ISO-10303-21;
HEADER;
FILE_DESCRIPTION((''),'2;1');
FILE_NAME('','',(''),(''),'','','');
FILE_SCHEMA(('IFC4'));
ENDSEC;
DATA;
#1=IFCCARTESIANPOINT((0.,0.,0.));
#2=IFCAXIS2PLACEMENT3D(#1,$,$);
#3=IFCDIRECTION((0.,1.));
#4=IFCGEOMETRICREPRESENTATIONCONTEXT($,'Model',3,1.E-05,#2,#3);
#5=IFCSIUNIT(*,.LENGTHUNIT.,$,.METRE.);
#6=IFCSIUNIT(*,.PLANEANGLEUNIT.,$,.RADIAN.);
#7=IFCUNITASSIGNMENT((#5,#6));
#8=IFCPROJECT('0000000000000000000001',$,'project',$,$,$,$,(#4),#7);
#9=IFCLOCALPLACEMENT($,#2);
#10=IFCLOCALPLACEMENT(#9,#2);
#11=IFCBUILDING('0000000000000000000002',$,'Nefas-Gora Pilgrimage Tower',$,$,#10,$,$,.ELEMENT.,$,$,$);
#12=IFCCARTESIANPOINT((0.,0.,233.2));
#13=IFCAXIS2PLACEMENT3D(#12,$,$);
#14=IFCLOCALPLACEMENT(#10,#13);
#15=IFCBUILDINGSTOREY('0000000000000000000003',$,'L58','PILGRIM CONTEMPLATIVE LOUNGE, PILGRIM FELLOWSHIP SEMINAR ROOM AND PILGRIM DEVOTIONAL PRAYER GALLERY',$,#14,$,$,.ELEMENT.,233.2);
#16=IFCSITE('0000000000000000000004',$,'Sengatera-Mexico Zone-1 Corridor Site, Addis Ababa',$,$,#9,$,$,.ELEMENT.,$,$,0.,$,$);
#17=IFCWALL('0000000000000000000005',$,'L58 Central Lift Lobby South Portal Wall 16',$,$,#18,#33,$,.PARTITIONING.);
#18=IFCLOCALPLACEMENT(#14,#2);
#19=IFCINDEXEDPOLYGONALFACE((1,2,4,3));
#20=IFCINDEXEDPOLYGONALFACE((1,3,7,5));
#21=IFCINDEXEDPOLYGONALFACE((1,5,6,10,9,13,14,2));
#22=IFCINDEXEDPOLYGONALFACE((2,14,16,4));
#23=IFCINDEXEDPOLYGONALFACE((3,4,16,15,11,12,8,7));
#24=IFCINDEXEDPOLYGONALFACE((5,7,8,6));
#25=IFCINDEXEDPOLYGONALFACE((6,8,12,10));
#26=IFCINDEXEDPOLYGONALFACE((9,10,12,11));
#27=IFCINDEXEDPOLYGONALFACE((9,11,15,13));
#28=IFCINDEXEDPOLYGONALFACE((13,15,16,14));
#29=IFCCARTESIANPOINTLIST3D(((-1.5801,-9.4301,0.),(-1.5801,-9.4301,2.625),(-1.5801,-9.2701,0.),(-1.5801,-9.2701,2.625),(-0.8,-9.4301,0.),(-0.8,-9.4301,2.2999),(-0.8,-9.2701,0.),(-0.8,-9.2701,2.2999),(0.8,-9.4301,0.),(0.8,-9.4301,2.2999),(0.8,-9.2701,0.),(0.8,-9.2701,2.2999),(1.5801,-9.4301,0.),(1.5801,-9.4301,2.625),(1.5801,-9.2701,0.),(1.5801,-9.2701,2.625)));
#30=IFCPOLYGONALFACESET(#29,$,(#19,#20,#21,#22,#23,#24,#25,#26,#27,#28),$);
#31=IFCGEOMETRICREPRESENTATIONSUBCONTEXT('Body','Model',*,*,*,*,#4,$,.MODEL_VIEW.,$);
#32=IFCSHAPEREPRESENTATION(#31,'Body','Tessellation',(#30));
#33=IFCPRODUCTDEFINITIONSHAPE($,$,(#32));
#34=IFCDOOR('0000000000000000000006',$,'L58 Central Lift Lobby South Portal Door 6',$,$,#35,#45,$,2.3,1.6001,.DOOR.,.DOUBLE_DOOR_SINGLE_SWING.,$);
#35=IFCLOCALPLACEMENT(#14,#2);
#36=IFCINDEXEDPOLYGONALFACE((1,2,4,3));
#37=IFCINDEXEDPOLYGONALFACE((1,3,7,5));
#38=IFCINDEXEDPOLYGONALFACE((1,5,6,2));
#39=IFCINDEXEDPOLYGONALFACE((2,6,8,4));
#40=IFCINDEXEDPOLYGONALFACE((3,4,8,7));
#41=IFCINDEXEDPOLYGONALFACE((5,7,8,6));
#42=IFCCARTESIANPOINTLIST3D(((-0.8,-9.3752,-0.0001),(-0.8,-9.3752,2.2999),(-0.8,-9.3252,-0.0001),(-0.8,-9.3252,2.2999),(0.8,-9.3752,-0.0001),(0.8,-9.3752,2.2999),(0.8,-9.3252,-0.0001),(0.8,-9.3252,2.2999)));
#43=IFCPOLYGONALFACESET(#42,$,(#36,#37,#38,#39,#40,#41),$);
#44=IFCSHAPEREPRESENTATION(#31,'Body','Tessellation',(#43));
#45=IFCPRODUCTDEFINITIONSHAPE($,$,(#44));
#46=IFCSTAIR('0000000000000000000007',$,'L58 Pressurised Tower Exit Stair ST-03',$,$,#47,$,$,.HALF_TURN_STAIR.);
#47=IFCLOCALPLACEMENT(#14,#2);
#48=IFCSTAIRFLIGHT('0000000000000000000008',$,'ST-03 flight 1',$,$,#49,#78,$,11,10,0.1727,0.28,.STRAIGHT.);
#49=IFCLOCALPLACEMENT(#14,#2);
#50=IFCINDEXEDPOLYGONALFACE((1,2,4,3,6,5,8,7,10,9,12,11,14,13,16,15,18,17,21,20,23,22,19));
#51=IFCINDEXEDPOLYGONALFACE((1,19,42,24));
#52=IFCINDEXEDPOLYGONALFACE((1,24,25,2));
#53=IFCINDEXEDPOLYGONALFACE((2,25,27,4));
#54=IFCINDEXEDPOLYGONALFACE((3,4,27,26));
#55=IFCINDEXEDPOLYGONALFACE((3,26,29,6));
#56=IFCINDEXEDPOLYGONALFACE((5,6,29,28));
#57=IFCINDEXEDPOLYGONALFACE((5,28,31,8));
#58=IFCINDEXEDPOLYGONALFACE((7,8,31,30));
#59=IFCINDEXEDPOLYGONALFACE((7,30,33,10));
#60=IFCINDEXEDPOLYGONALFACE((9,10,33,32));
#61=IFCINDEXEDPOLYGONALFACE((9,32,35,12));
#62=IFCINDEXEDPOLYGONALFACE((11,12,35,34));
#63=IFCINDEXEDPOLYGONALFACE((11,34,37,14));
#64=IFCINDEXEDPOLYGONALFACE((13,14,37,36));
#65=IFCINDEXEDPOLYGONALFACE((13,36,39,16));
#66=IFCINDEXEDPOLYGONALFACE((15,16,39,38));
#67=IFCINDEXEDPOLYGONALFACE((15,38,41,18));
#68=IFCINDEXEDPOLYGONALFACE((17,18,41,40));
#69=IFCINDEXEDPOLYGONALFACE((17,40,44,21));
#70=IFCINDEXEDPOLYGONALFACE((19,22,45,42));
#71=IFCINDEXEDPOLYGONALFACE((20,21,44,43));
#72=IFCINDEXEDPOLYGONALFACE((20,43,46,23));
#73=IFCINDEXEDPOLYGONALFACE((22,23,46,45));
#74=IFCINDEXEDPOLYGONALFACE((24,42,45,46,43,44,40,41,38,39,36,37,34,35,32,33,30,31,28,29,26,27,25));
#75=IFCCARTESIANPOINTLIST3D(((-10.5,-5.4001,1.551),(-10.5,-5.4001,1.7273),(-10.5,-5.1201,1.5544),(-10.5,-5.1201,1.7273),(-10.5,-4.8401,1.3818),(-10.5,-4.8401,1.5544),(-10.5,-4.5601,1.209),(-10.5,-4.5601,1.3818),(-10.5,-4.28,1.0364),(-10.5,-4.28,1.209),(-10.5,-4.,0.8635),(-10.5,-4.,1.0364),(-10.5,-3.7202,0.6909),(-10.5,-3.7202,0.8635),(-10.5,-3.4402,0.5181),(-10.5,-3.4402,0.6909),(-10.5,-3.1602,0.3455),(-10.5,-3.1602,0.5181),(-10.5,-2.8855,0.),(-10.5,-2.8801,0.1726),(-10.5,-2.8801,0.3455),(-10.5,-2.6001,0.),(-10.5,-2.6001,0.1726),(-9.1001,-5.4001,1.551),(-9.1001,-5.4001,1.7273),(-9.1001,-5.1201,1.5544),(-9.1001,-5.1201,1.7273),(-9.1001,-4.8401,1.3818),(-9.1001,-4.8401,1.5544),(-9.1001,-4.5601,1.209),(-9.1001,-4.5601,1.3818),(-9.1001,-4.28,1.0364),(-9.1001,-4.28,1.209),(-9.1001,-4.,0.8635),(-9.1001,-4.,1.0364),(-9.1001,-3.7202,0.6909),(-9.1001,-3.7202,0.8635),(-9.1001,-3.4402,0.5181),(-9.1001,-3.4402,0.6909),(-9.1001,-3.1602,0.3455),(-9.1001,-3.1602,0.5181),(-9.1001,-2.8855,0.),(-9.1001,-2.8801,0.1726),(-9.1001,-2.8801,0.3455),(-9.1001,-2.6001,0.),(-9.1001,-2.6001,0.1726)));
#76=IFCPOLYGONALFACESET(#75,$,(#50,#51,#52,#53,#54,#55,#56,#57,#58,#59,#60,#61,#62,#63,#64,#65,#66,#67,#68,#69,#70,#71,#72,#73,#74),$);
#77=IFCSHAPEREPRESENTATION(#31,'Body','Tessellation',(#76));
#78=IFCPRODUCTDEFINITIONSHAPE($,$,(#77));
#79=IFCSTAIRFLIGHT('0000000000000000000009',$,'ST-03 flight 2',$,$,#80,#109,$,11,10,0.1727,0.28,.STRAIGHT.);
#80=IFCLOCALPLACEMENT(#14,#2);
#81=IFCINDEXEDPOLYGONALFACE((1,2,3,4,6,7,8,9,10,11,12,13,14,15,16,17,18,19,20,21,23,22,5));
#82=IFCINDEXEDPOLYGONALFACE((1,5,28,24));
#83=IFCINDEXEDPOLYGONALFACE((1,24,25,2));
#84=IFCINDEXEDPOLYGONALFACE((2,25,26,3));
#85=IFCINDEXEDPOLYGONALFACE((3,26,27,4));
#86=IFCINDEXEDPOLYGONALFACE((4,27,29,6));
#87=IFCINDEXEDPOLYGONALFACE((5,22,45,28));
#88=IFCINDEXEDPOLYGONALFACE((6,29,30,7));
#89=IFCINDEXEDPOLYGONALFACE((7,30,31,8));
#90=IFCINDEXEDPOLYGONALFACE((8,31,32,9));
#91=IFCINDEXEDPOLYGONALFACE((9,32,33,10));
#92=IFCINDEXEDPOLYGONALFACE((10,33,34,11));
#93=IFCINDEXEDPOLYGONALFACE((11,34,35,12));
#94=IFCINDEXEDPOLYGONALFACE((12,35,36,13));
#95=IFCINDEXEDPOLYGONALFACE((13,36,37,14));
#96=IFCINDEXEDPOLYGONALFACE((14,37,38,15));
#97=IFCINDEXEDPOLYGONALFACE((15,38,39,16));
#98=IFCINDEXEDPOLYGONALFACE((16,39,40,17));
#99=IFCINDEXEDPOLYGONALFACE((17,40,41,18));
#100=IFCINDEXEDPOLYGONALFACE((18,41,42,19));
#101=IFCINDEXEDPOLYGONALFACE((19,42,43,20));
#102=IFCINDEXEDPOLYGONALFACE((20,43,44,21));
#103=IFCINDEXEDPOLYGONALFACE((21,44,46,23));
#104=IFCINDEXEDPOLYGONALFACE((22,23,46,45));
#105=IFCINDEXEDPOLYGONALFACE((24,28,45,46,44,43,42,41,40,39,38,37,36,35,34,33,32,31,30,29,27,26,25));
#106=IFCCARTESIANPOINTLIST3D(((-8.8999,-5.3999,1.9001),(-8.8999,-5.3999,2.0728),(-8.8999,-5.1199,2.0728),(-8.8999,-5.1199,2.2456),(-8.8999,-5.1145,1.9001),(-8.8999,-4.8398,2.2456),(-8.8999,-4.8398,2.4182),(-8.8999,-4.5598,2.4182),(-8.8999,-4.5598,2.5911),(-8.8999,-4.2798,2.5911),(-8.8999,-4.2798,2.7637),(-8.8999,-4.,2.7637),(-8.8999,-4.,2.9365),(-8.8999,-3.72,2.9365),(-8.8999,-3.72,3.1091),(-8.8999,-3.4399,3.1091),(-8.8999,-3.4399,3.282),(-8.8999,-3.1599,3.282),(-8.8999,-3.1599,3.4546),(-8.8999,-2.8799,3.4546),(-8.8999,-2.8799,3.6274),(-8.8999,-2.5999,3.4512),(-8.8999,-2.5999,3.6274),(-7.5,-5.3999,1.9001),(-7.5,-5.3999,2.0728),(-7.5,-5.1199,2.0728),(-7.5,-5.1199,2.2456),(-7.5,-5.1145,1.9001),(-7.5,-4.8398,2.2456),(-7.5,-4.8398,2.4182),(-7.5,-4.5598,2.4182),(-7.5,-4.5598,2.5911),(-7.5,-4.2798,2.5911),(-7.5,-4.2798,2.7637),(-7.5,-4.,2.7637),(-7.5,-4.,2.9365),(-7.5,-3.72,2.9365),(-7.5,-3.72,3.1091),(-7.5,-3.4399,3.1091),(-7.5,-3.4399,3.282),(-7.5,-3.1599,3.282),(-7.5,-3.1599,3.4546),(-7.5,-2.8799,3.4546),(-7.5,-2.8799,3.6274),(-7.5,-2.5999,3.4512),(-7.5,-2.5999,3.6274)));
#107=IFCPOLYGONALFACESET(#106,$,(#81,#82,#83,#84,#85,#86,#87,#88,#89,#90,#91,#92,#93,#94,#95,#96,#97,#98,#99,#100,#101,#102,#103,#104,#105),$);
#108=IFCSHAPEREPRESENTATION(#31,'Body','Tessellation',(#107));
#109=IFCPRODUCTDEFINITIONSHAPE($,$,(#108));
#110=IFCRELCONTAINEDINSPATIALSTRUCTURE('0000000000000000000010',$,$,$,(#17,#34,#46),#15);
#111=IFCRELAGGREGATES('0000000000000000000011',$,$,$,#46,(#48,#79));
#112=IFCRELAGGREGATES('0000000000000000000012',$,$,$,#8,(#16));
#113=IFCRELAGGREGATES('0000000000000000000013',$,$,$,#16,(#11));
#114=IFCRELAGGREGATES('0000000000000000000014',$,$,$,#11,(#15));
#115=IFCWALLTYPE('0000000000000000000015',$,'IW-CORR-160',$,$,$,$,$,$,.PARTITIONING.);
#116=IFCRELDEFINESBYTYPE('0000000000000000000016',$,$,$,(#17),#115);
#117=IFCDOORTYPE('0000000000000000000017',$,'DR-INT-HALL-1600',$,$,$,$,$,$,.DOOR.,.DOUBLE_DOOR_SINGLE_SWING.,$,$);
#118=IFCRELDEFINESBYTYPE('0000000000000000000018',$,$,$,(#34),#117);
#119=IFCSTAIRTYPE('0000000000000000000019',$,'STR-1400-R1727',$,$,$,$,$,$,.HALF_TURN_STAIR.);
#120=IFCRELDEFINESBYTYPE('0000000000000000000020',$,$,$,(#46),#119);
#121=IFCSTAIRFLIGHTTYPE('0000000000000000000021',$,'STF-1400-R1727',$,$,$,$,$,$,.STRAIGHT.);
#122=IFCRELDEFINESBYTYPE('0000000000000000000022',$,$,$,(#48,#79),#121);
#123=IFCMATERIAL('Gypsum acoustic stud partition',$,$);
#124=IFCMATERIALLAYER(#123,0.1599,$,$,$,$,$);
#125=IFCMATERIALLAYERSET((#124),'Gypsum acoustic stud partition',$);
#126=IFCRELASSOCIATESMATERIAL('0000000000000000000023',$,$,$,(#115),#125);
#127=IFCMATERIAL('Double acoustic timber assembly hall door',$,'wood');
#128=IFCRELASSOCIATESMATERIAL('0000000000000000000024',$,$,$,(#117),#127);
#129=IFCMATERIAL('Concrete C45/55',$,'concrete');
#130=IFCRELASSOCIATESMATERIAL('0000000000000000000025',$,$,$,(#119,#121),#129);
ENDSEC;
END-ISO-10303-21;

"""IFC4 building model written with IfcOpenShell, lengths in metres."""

from ifc_helpers import new_model, si_unit, direction, frame, frame_2d, origin, place, context, subcontext, project, spatial, polyline, rectangle, outline, extrude, source, transform, mapped, material, layer, layer_set, type_object, element, fill, aggregate, save


model = new_model("IFC4")

# Units and contexts
model_context = context("Model", 3, precision=1e-05, world=origin(), true_north=direction((0.0, 1.0)))
body_context = subcontext(model_context, "Body", "Model", "MODEL_VIEW")
ifc_project = project(units=[si_unit("LENGTHUNIT", "METRE"), si_unit("PLANEANGLEUNIT", "RADIAN")], contexts=[model_context])

# Site, building, storey
site_placement = place(None, origin())
site = spatial("IfcSite", under=ifc_project, at=site_placement, Name="Sengatera-Mexico Zone-1 Corridor Site, Addis Ababa", CompositionType="ELEMENT", RefElevation=0.0)
building_placement = place(site_placement, origin())
building = spatial("IfcBuilding", under=site, at=building_placement, Name="Nefas-Gora Pilgrimage Tower", CompositionType="ELEMENT")
storey_placement = place(building_placement, frame((0.0, 0.0, 233.2)))
storey = spatial("IfcBuildingStorey", under=building, at=storey_placement, Name="L58", Description="PILGRIM CONTEMPLATIVE LOUNGE, PILGRIM FELLOWSHIP SEMINAR ROOM AND PILGRIM DEVOTIONAL PRAYER GALLERY", CompositionType="ELEMENT", Elevation=233.2)

# Shared definitions
ifc_material_1 = material(Name="Concrete C45/55", Category="concrete")

# Shared definitions
ifc_material_2 = material(Name="Gypsum acoustic stud partition")
ifc_layer_1 = layer(ifc_material_2, 0.1599)
ifc_layer_set_1 = layer_set([ifc_layer_1], Name="Gypsum acoustic stud partition")
wall_type_1 = type_object("IfcWallType", Name="IW-CORR-160", PredefinedType="PARTITIONING", material=ifc_layer_set_1)

# Wall, opening, door
shared_shape_1 = source(origin(), body_context, "Body", "SweptSolid", [
    extrude(rectangle(XDim=3.1602, YDim=0.1599, at=frame_2d((1.5801, 0.0))), origin(), (0.0, 0.0, 1.0), 2.625),
])
wall_1_placement = place(storey_placement, frame((-1.5801, -9.3501, 0.0), z_axis=(0.0, 0.0, 1.0), x_axis=(1.0, 0.0, 0.0)))
wall_1 = element("IfcWall", 1, at=wall_1_placement, inside=storey, type_object=wall_type_1, Name="L58 Central Lift Lobby South Portal Wall 16", PredefinedType="PARTITIONING", context=body_context, shape_type="MappedRepresentation", body=[
    mapped(shared_shape_1, transform((0.0, 0.0, 0.0), x_axis=(1.0, 0.0, 0.0), y_axis=(0.0, 1.0, 0.0), z_axis=(0.0, 0.0, 1.0), scale=1.0)),
])
opening_1_placement = place(wall_1_placement, frame((0.78, 0.0, 0.0)))
opening_1 = element("IfcOpeningElement", 2, at=opening_1_placement, cuts=wall_1, PredefinedType="OPENING", context=body_context, shape_type="SweptSolid", body=[
    extrude(rectangle(XDim=1.6001, YDim=2.3, at=frame_2d((0.8, 1.1499))), frame((0.0, 0.0898, 0.0), z_axis=(0.0, -1.0, 0.0), x_axis=(1.0, 0.0, 0.0)), (0.0, 0.0, 1.0), 0.1799),
])
ifc_material_3 = material(Name="Double acoustic timber assembly hall door", Category="wood")
door_type_1 = type_object("IfcDoorType", Name="DR-INT-HALL-1600", OperationType="DOUBLE_DOOR_SINGLE_SWING", PredefinedType="DOOR", material=ifc_material_3)
shared_shape_2 = source(origin(), body_context, "Body", "SweptSolid", [
    extrude(rectangle(XDim=1.6001, YDim=2.3, at=frame_2d((0.8, 1.1499))), frame((0.0, 0.0249, 0.0), z_axis=(0.0, -1.0, 0.0), x_axis=(1.0, 0.0, 0.0)), (0.0, 0.0, 1.0), 0.05),
])
door_1_placement = place(opening_1_placement, origin())
door_1 = element("IfcDoor", 3, at=door_1_placement, inside=storey, type_object=door_type_1, Name="L58 Central Lift Lobby South Portal Door 6", OperationType="DOUBLE_DOOR_SINGLE_SWING", OverallHeight=2.3, OverallWidth=1.6001, PredefinedType="DOOR", context=body_context, shape_type="MappedRepresentation", body=[
    mapped(shared_shape_2, transform((0.0, 0.0, 0.0), x_axis=(1.0, 0.0, 0.0), y_axis=(0.0, 1.0, 0.0), z_axis=(0.0, 0.0, 1.0), scale=1.0)),
])
fill(opening_1, door_1)

# Stair, stair flights
stair_type = type_object("IfcStairType", Name="STR-1400-R1727", PredefinedType="HALF_TURN_STAIR", material=ifc_material_1)
stair_placement = place(storey_placement, origin())
stair = element("IfcStair", 4, at=stair_placement, inside=storey, type_object=stair_type, Name="L58 Pressurised Tower Exit Stair ST-03", PredefinedType="HALF_TURN_STAIR")
stair_flight_type = type_object("IfcStairFlightType", Name="STF-1400-R1727", PredefinedType="STRAIGHT", material=ifc_material_1)
shared_shape_3 = source(origin(), body_context, "Body", "SweptSolid", [
    extrude(outline(polyline([(0.0, 0.0), (0.0, 0.1726), (0.28, 0.1726), (0.28, 0.3455), (0.5601, 0.3455), (0.5601, 0.5181), (0.8401, 0.5181), (0.8401, 0.6909), (1.1201, 0.6909), (1.1201, 0.8635), (1.3999, 0.8635), (1.3999, 1.0364), (1.6799, 1.0364), (1.6799, 1.209), (1.96, 1.209), (1.96, 1.3818), (2.24, 1.3818), (2.24, 1.5544), (2.52, 1.5544), (2.52, 1.7273), (2.8, 1.7273), (2.8, 1.8999), (2.8, 1.551), (0.2854, 0.0), (0.0, 0.0)])), frame((0.0, 0.7, 0.0), z_axis=(0.0, -1.0, 0.0), x_axis=(1.0, 0.0, 0.0)), (0.0, 0.0, 1.0), 1.3999),
])
stair_flight_1_placement = place(storey_placement, frame((-9.8, -2.6001, 0.0), z_axis=(0.0, 0.0, 1.0), x_axis=(0.0, -1.0, 0.0)))
stair_flight_1 = element("IfcStairFlight", 5, at=stair_flight_1_placement, type_object=stair_flight_type, Name="ST-03 flight 1", NumberOfRisers=11, NumberOfTreads=10, PredefinedType="STRAIGHT", RiserHeight=0.1727, TreadLength=0.28, context=body_context, shape_type="MappedRepresentation", body=[
    mapped(shared_shape_3, transform((0.0, 0.0, 0.0), x_axis=(1.0, 0.0, 0.0), y_axis=(0.0, 1.0, 0.0), z_axis=(0.0, 0.0, 1.0), scale=1.0)),
])
stair_flight_2_placement = place(storey_placement, frame((-8.2, -5.3999, 1.9001), z_axis=(0.0, 0.0, 1.0), x_axis=(0.0, 1.0, 0.0)))
stair_flight_2 = element("IfcStairFlight", 6, at=stair_flight_2_placement, type_object=stair_flight_type, Name="ST-03 flight 2", NumberOfRisers=11, NumberOfTreads=10, PredefinedType="STRAIGHT", RiserHeight=0.1727, TreadLength=0.28, context=body_context, shape_type="MappedRepresentation", body=[
    mapped(shared_shape_3, transform((0.0, 0.0, 0.0), x_axis=(1.0, 0.0, 0.0), y_axis=(0.0, 1.0, 0.0), z_axis=(0.0, 0.0, 1.0), scale=1.0)),
])
aggregate(stair, [stair_flight_1, stair_flight_2])

save(model, "model.ifc")
